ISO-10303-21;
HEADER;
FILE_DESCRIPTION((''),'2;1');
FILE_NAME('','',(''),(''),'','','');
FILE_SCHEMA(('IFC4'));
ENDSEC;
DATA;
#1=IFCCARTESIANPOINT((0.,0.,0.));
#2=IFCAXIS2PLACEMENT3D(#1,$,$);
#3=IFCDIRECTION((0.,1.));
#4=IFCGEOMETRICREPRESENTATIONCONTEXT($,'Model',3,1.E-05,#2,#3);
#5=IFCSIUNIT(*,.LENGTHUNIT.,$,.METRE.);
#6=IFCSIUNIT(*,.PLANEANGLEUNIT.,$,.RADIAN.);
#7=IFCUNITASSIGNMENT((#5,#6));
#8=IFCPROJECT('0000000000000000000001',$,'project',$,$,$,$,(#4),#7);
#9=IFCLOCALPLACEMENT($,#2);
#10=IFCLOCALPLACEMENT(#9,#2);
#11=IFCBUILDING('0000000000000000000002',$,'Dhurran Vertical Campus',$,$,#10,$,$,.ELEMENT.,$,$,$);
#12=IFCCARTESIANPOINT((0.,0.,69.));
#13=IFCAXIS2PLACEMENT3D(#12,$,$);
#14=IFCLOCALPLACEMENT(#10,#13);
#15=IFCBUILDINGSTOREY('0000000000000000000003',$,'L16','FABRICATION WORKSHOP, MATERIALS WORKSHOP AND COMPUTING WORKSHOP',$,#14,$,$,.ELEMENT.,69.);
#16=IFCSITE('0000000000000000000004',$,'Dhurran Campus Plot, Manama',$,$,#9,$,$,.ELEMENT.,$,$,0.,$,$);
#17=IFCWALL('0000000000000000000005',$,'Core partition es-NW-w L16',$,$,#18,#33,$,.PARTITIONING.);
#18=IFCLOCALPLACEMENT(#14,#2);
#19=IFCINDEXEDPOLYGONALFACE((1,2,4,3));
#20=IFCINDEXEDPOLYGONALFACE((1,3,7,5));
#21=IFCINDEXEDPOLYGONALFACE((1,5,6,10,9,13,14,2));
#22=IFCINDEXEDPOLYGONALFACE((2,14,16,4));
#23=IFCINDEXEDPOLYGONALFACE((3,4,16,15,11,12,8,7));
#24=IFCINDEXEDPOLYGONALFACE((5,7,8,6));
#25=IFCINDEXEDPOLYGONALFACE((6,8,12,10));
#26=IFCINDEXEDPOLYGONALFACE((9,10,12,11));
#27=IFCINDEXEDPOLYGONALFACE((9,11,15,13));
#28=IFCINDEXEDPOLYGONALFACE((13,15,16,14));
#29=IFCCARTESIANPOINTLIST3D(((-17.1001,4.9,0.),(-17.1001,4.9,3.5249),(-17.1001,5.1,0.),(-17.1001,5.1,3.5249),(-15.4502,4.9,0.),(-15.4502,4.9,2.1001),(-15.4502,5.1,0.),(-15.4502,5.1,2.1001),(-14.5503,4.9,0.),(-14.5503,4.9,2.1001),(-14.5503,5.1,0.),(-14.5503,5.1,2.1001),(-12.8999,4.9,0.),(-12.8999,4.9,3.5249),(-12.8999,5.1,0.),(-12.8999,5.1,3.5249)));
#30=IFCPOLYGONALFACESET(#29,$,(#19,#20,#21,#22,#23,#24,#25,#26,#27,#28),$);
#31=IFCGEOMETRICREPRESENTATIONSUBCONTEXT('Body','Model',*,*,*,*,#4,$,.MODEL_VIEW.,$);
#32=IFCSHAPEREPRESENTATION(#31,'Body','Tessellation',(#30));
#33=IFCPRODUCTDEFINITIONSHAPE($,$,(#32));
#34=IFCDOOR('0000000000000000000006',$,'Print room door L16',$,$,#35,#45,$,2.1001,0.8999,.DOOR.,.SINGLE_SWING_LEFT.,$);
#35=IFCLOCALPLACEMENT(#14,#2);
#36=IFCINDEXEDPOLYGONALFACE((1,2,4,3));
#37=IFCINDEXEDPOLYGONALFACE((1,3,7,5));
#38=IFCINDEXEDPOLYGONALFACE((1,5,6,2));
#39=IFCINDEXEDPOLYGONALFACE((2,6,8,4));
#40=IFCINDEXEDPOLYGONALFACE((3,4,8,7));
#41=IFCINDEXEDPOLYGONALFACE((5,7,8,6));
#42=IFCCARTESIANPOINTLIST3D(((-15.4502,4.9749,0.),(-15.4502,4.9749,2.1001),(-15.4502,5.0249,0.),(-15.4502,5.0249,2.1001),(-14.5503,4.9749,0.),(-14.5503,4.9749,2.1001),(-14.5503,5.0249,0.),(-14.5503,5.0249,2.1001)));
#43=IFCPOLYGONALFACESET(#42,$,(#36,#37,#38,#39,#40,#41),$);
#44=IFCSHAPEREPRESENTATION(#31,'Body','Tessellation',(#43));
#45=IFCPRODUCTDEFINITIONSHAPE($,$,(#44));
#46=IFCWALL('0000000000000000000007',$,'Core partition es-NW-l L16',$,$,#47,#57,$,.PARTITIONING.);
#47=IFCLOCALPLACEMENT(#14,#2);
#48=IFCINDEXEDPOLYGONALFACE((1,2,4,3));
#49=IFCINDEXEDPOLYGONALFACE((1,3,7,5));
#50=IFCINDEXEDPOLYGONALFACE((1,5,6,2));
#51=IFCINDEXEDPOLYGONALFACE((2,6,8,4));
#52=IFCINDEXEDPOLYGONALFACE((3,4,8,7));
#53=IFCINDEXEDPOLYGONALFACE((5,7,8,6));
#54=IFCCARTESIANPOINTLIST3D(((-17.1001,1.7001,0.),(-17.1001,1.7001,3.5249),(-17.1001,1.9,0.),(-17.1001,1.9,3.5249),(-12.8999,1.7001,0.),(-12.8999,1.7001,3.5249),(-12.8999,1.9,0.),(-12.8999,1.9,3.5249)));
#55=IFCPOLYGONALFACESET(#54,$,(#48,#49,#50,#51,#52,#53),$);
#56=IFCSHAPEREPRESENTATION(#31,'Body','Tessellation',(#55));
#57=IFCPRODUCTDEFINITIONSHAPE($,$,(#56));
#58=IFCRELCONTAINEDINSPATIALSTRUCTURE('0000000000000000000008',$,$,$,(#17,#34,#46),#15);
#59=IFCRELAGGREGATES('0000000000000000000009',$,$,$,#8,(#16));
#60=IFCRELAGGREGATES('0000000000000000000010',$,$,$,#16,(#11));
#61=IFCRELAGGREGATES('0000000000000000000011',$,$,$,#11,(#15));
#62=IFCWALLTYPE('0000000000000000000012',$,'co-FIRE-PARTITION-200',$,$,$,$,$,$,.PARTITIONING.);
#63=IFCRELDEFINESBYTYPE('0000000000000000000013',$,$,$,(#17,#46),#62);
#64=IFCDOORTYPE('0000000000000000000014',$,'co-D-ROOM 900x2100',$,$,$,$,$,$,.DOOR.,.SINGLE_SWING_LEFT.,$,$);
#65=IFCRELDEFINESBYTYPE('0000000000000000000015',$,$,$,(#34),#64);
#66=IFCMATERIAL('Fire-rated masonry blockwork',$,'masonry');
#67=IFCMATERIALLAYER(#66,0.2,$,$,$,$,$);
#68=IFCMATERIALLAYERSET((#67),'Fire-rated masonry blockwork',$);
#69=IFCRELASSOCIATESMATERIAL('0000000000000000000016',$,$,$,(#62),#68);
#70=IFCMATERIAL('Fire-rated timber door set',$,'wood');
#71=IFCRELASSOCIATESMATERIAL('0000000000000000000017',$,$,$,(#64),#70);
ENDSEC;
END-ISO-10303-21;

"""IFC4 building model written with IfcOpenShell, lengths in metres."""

from ifc_helpers import new_model, si_unit, direction, frame, frame_2d, origin, place, context, subcontext, project, spatial, rectangle, extrude, material, layer, layer_set, type_object, element, fill, save


model = new_model("IFC4")

# Units and contexts
model_context = context("Model", 3, precision=1e-05, world=origin(), true_north=direction((0.0, 1.0)))
body_context = subcontext(model_context, "Body", "Model", "MODEL_VIEW")
ifc_project = project(units=[si_unit("LENGTHUNIT", "METRE"), si_unit("PLANEANGLEUNIT", "RADIAN")], contexts=[model_context])

# Site, building, storey
site_placement = place(None, origin())
site = spatial("IfcSite", under=ifc_project, at=site_placement, Name="Dhurran Campus Plot, Manama", CompositionType="ELEMENT", RefElevation=0.0)
building_placement = place(site_placement, origin())
building = spatial("IfcBuilding", under=site, at=building_placement, Name="Dhurran Vertical Campus", CompositionType="ELEMENT")
storey_placement = place(building_placement, frame((0.0, 0.0, 69.0)))
storey = spatial("IfcBuildingStorey", under=building, at=storey_placement, Name="L16", Description="FABRICATION WORKSHOP, MATERIALS WORKSHOP AND COMPUTING WORKSHOP", CompositionType="ELEMENT", Elevation=69.0)

# Wall, opening, door
ifc_material_1 = material(Name="Fire-rated masonry blockwork", Category="masonry")
ifc_layer_1 = layer(ifc_material_1, 0.2)
ifc_layer_set_1 = layer_set([ifc_layer_1], Name="Fire-rated masonry blockwork")
wall_type_1 = type_object("IfcWallType", Name="co-FIRE-PARTITION-200", PredefinedType="PARTITIONING", material=ifc_layer_set_1)
ifc_material_2 = material(Name="Fire-rated timber door set", Category="wood")
door_type_1 = type_object("IfcDoorType", Name="co-D-ROOM 900x2100", OperationType="SINGLE_SWING_LEFT", PredefinedType="DOOR", material=ifc_material_2)
wall_1_placement = place(storey_placement, frame((-17.1001, 5.0, 0.0), z_axis=(0.0, 0.0, 1.0), x_axis=(1.0, 0.0, 0.0)))
wall_1 = element("IfcWall", 1, at=wall_1_placement, inside=storey, type_object=wall_type_1, Name="Core partition es-NW-w L16", PredefinedType="PARTITIONING", context=body_context, shape_type="SweptSolid", body=[
    extrude(rectangle(XDim=4.2002, YDim=0.2, at=frame_2d((2.1001, 0.0))), origin(), (0.0, 0.0, 1.0), 3.5249),
])
opening_1_placement = place(wall_1_placement, frame((1.6499, 0.0, 0.0)))
opening_1 = element("IfcOpeningElement", 2, at=opening_1_placement, cuts=wall_1, PredefinedType="OPENING", context=body_context, shape_type="SweptSolid", body=[
    extrude(rectangle(XDim=0.8999, YDim=2.1001, at=frame_2d((0.45, 1.05))), frame((0.0, 0.1099, 0.0), z_axis=(0.0, -1.0, 0.0), x_axis=(1.0, 0.0, 0.0)), (0.0, 0.0, 1.0), 0.22),
])
door_1_placement = place(opening_1_placement, origin())
door_1 = element("IfcDoor", 3, at=door_1_placement, inside=storey, type_object=door_type_1, Name="Print room door L16", OperationType="SINGLE_SWING_LEFT", OverallHeight=2.1001, OverallWidth=0.8999, PredefinedType="DOOR", context=body_context, shape_type="SweptSolid", body=[
    extrude(rectangle(XDim=0.8999, YDim=2.1001, at=frame_2d((0.45, 1.05))), frame((0.0, 0.0249, 0.0), z_axis=(0.0, -1.0, 0.0), x_axis=(1.0, 0.0, 0.0)), (0.0, 0.0, 1.0), 0.05),
])
fill(opening_1, door_1)

# Wall
wall_2_placement = place(storey_placement, frame((-17.1001, 1.8, 0.0), z_axis=(0.0, 0.0, 1.0), x_axis=(1.0, 0.0, 0.0)))
element("IfcWall", 4, at=wall_2_placement, inside=storey, type_object=wall_type_1, Name="Core partition es-NW-l L16", PredefinedType="PARTITIONING", context=body_context, shape_type="SweptSolid", body=[
    extrude(rectangle(XDim=4.2002, YDim=0.2, at=frame_2d((2.1001, 0.0))), origin(), (0.0, 0.0, 1.0), 3.5249),
])

save(model, "model.ifc")
